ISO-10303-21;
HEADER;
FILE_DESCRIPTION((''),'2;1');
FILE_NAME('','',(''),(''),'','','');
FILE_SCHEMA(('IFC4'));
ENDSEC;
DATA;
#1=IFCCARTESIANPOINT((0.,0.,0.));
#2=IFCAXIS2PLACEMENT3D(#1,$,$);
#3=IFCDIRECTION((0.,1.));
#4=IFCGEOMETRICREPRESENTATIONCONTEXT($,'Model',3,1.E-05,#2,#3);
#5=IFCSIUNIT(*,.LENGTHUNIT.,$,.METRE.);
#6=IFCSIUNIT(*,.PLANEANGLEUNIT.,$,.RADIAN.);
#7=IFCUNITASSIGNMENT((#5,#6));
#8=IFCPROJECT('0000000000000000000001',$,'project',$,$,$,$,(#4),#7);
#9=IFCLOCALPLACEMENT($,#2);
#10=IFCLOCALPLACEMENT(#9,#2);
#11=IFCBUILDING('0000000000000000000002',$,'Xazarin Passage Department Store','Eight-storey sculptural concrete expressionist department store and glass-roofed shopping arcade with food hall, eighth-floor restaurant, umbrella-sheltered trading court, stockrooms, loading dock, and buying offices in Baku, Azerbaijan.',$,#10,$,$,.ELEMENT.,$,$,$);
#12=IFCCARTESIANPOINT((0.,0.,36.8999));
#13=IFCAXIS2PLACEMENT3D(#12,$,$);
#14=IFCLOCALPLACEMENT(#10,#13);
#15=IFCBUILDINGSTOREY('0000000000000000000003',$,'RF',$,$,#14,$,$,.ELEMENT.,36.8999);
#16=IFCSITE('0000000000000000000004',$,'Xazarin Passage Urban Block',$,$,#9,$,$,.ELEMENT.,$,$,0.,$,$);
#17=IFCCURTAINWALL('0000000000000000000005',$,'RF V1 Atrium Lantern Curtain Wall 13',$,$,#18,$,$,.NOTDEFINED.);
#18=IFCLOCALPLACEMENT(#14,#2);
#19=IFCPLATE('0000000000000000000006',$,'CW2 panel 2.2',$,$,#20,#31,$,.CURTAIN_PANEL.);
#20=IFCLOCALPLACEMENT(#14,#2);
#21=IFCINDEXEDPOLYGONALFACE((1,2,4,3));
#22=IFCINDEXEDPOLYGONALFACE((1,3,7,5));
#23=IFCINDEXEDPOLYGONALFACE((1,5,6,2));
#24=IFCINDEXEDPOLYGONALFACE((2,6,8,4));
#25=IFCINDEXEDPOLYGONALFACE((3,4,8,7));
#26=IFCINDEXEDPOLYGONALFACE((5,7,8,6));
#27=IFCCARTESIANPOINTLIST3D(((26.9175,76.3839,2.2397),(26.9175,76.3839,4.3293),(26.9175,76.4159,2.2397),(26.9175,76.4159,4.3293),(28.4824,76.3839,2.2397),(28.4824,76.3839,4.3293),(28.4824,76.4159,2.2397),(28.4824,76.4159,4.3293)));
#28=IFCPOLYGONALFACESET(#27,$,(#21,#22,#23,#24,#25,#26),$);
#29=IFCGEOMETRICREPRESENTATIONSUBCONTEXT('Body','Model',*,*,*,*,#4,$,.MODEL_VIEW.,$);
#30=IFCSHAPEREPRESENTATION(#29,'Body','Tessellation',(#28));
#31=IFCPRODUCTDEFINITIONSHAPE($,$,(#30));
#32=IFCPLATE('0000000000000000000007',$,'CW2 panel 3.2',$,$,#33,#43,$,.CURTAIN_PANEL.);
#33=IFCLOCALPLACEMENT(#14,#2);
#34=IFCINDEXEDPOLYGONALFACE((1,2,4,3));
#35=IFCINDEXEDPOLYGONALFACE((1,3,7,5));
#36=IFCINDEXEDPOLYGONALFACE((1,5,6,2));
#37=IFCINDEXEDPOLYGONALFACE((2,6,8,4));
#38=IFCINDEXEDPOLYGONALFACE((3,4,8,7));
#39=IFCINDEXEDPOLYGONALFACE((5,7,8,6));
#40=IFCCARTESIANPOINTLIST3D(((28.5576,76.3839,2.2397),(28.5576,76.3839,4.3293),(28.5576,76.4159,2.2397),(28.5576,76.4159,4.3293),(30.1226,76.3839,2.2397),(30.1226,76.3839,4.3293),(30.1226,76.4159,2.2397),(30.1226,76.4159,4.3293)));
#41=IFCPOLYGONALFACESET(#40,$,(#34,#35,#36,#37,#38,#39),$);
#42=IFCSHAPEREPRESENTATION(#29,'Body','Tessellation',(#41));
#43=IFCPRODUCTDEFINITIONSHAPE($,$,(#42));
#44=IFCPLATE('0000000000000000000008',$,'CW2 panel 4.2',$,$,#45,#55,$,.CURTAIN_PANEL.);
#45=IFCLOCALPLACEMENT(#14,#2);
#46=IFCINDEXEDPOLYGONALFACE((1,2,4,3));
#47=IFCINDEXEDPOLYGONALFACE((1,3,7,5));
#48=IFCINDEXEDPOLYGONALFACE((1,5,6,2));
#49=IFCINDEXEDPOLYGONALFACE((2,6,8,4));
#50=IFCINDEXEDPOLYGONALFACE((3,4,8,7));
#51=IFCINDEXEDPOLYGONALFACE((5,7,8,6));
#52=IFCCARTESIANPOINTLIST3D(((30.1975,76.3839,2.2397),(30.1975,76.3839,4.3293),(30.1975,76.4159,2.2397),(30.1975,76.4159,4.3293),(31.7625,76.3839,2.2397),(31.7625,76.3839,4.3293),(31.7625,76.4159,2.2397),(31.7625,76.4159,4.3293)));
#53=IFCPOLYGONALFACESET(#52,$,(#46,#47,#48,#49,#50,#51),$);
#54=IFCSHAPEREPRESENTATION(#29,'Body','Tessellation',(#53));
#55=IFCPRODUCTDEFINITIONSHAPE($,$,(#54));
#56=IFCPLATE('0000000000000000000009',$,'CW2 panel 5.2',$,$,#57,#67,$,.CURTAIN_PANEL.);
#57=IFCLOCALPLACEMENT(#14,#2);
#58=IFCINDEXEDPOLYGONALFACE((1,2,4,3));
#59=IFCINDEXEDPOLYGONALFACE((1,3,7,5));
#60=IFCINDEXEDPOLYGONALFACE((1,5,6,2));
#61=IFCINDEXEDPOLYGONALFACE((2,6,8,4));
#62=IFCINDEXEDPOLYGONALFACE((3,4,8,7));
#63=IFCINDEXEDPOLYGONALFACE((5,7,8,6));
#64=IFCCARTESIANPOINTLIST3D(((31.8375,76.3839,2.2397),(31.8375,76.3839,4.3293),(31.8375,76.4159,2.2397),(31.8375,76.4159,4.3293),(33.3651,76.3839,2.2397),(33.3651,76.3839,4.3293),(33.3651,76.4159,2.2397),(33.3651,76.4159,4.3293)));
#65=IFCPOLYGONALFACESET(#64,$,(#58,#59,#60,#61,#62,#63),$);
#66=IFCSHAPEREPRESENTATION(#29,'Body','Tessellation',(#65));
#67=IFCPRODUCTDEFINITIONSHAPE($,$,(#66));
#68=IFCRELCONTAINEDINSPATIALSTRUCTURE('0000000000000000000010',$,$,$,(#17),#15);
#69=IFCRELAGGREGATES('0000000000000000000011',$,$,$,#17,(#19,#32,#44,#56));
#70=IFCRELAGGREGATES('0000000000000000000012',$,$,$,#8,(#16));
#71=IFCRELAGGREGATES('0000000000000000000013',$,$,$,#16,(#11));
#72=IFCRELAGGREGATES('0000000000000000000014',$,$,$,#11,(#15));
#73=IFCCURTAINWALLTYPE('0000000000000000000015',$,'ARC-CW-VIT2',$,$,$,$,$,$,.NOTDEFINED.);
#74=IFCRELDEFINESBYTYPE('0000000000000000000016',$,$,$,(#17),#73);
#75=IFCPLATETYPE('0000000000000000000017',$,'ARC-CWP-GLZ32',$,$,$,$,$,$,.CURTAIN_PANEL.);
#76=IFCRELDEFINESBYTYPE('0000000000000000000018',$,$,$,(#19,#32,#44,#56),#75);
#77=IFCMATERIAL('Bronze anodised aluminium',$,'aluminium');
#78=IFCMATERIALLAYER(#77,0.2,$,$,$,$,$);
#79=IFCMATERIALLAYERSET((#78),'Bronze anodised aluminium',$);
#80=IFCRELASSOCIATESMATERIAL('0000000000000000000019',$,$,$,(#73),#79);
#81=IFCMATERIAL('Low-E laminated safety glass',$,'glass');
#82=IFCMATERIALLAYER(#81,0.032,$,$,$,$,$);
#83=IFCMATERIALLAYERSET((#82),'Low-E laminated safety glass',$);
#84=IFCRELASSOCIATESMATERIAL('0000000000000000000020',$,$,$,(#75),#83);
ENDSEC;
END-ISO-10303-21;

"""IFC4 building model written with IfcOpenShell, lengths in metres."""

from ifc_helpers import new_model, si_unit, direction, frame, origin, origin_2d, place, context, subcontext, project, spatial, rectangle, extrude, material, layer, layer_set, type_object, element, aggregate, save


model = new_model("IFC4")

# Units and contexts
model_context = context("Model", 3, precision=1e-05, world=origin(), true_north=direction((0.0, 1.0)))
body_context = subcontext(model_context, "Body", "Model", "MODEL_VIEW")
ifc_project = project(units=[si_unit("LENGTHUNIT", "METRE"), si_unit("PLANEANGLEUNIT", "RADIAN")], contexts=[model_context])

# Site, building, storey
site_placement = place(None, origin())
site = spatial("IfcSite", under=ifc_project, at=site_placement, Name="Xazarin Passage Urban Block", CompositionType="ELEMENT", RefElevation=0.0)
building_placement = place(site_placement, origin())
building = spatial("IfcBuilding", under=site, at=building_placement, Name="Xazarin Passage Department Store", Description="Eight-storey sculptural concrete expressionist department store and glass-roofed shopping arcade with food hall, eighth-floor restaurant, umbrella-sheltered trading court, stockrooms, loading dock, and buying offices in Baku, Azerbaijan.", CompositionType="ELEMENT")
storey_placement = place(building_placement, frame((0.0, 0.0, 36.8999)))
storey = spatial("IfcBuildingStorey", under=building, at=storey_placement, Name="RF", CompositionType="ELEMENT", Elevation=36.8999)

# Curtain wall
ifc_material_1 = material(Name="Bronze anodised aluminium", Category="aluminium")
ifc_layer_1 = layer(ifc_material_1, 0.2)
ifc_layer_set_1 = layer_set([ifc_layer_1], Name="Bronze anodised aluminium")
curtain_wall_type = type_object("IfcCurtainWallType", Name="ARC-CW-VIT2", PredefinedType="NOTDEFINED", material=ifc_layer_set_1)
curtain_wall_1_placement = place(storey_placement, origin())
curtain_wall_1 = element("IfcCurtainWall", 1, at=curtain_wall_1_placement, inside=storey, type_object=curtain_wall_type, Name="RF V1 Atrium Lantern Curtain Wall 13", PredefinedType="NOTDEFINED")

# Plates
ifc_material_2 = material(Name="Low-E laminated safety glass", Category="glass")
ifc_layer_2 = layer(ifc_material_2, 0.032)
ifc_layer_set_2 = layer_set([ifc_layer_2], Name="Low-E laminated safety glass")
plate_type = type_object("IfcPlateType", Name="ARC-CWP-GLZ32", PredefinedType="CURTAIN_PANEL", material=ifc_layer_set_2)
plate_1_placement = place(storey_placement, frame((27.7, 76.3999, 2.2397), z_axis=(0.0, 0.0, 1.0), x_axis=(1.0, 0.0, 0.0)))
plate_1 = element("IfcPlate", 2, at=plate_1_placement, type_object=plate_type, Name="CW2 panel 2.2", PredefinedType="CURTAIN_PANEL", context=body_context, shape_type="SweptSolid", body=[
    extrude(rectangle(XDim=1.5649, YDim=0.032, at=origin_2d()), origin(), (0.0, 0.0, 1.0), 2.0896),
])
plate_2_placement = place(storey_placement, frame((29.3401, 76.3999, 2.2397), z_axis=(0.0, 0.0, 1.0), x_axis=(1.0, 0.0, 0.0)))
plate_2 = element("IfcPlate", 3, at=plate_2_placement, type_object=plate_type, Name="CW2 panel 3.2", PredefinedType="CURTAIN_PANEL", context=body_context, shape_type="SweptSolid", body=[
    extrude(rectangle(XDim=1.5649, YDim=0.032, at=origin_2d()), origin(), (0.0, 0.0, 1.0), 2.0896),
])
plate_3_placement = place(storey_placement, frame((30.98, 76.3999, 2.2397), z_axis=(0.0, 0.0, 1.0), x_axis=(1.0, 0.0, 0.0)))
plate_3 = element("IfcPlate", 4, at=plate_3_placement, type_object=plate_type, Name="CW2 panel 4.2", PredefinedType="CURTAIN_PANEL", context=body_context, shape_type="SweptSolid", body=[
    extrude(rectangle(XDim=1.5649, YDim=0.032, at=origin_2d()), origin(), (0.0, 0.0, 1.0), 2.0896),
])
plate_4_placement = place(storey_placement, frame((32.6013, 76.3999, 2.2397), z_axis=(0.0, 0.0, 1.0), x_axis=(1.0, 0.0, 0.0)))
plate_4 = element("IfcPlate", 5, at=plate_4_placement, type_object=plate_type, Name="CW2 panel 5.2", PredefinedType="CURTAIN_PANEL", context=body_context, shape_type="SweptSolid", body=[
    extrude(rectangle(XDim=1.5276, YDim=0.032, at=origin_2d()), origin(), (0.0, 0.0, 1.0), 2.0896),
])
aggregate(curtain_wall_1, [plate_1, plate_2, plate_3, plate_4])

save(model, "model.ifc")
